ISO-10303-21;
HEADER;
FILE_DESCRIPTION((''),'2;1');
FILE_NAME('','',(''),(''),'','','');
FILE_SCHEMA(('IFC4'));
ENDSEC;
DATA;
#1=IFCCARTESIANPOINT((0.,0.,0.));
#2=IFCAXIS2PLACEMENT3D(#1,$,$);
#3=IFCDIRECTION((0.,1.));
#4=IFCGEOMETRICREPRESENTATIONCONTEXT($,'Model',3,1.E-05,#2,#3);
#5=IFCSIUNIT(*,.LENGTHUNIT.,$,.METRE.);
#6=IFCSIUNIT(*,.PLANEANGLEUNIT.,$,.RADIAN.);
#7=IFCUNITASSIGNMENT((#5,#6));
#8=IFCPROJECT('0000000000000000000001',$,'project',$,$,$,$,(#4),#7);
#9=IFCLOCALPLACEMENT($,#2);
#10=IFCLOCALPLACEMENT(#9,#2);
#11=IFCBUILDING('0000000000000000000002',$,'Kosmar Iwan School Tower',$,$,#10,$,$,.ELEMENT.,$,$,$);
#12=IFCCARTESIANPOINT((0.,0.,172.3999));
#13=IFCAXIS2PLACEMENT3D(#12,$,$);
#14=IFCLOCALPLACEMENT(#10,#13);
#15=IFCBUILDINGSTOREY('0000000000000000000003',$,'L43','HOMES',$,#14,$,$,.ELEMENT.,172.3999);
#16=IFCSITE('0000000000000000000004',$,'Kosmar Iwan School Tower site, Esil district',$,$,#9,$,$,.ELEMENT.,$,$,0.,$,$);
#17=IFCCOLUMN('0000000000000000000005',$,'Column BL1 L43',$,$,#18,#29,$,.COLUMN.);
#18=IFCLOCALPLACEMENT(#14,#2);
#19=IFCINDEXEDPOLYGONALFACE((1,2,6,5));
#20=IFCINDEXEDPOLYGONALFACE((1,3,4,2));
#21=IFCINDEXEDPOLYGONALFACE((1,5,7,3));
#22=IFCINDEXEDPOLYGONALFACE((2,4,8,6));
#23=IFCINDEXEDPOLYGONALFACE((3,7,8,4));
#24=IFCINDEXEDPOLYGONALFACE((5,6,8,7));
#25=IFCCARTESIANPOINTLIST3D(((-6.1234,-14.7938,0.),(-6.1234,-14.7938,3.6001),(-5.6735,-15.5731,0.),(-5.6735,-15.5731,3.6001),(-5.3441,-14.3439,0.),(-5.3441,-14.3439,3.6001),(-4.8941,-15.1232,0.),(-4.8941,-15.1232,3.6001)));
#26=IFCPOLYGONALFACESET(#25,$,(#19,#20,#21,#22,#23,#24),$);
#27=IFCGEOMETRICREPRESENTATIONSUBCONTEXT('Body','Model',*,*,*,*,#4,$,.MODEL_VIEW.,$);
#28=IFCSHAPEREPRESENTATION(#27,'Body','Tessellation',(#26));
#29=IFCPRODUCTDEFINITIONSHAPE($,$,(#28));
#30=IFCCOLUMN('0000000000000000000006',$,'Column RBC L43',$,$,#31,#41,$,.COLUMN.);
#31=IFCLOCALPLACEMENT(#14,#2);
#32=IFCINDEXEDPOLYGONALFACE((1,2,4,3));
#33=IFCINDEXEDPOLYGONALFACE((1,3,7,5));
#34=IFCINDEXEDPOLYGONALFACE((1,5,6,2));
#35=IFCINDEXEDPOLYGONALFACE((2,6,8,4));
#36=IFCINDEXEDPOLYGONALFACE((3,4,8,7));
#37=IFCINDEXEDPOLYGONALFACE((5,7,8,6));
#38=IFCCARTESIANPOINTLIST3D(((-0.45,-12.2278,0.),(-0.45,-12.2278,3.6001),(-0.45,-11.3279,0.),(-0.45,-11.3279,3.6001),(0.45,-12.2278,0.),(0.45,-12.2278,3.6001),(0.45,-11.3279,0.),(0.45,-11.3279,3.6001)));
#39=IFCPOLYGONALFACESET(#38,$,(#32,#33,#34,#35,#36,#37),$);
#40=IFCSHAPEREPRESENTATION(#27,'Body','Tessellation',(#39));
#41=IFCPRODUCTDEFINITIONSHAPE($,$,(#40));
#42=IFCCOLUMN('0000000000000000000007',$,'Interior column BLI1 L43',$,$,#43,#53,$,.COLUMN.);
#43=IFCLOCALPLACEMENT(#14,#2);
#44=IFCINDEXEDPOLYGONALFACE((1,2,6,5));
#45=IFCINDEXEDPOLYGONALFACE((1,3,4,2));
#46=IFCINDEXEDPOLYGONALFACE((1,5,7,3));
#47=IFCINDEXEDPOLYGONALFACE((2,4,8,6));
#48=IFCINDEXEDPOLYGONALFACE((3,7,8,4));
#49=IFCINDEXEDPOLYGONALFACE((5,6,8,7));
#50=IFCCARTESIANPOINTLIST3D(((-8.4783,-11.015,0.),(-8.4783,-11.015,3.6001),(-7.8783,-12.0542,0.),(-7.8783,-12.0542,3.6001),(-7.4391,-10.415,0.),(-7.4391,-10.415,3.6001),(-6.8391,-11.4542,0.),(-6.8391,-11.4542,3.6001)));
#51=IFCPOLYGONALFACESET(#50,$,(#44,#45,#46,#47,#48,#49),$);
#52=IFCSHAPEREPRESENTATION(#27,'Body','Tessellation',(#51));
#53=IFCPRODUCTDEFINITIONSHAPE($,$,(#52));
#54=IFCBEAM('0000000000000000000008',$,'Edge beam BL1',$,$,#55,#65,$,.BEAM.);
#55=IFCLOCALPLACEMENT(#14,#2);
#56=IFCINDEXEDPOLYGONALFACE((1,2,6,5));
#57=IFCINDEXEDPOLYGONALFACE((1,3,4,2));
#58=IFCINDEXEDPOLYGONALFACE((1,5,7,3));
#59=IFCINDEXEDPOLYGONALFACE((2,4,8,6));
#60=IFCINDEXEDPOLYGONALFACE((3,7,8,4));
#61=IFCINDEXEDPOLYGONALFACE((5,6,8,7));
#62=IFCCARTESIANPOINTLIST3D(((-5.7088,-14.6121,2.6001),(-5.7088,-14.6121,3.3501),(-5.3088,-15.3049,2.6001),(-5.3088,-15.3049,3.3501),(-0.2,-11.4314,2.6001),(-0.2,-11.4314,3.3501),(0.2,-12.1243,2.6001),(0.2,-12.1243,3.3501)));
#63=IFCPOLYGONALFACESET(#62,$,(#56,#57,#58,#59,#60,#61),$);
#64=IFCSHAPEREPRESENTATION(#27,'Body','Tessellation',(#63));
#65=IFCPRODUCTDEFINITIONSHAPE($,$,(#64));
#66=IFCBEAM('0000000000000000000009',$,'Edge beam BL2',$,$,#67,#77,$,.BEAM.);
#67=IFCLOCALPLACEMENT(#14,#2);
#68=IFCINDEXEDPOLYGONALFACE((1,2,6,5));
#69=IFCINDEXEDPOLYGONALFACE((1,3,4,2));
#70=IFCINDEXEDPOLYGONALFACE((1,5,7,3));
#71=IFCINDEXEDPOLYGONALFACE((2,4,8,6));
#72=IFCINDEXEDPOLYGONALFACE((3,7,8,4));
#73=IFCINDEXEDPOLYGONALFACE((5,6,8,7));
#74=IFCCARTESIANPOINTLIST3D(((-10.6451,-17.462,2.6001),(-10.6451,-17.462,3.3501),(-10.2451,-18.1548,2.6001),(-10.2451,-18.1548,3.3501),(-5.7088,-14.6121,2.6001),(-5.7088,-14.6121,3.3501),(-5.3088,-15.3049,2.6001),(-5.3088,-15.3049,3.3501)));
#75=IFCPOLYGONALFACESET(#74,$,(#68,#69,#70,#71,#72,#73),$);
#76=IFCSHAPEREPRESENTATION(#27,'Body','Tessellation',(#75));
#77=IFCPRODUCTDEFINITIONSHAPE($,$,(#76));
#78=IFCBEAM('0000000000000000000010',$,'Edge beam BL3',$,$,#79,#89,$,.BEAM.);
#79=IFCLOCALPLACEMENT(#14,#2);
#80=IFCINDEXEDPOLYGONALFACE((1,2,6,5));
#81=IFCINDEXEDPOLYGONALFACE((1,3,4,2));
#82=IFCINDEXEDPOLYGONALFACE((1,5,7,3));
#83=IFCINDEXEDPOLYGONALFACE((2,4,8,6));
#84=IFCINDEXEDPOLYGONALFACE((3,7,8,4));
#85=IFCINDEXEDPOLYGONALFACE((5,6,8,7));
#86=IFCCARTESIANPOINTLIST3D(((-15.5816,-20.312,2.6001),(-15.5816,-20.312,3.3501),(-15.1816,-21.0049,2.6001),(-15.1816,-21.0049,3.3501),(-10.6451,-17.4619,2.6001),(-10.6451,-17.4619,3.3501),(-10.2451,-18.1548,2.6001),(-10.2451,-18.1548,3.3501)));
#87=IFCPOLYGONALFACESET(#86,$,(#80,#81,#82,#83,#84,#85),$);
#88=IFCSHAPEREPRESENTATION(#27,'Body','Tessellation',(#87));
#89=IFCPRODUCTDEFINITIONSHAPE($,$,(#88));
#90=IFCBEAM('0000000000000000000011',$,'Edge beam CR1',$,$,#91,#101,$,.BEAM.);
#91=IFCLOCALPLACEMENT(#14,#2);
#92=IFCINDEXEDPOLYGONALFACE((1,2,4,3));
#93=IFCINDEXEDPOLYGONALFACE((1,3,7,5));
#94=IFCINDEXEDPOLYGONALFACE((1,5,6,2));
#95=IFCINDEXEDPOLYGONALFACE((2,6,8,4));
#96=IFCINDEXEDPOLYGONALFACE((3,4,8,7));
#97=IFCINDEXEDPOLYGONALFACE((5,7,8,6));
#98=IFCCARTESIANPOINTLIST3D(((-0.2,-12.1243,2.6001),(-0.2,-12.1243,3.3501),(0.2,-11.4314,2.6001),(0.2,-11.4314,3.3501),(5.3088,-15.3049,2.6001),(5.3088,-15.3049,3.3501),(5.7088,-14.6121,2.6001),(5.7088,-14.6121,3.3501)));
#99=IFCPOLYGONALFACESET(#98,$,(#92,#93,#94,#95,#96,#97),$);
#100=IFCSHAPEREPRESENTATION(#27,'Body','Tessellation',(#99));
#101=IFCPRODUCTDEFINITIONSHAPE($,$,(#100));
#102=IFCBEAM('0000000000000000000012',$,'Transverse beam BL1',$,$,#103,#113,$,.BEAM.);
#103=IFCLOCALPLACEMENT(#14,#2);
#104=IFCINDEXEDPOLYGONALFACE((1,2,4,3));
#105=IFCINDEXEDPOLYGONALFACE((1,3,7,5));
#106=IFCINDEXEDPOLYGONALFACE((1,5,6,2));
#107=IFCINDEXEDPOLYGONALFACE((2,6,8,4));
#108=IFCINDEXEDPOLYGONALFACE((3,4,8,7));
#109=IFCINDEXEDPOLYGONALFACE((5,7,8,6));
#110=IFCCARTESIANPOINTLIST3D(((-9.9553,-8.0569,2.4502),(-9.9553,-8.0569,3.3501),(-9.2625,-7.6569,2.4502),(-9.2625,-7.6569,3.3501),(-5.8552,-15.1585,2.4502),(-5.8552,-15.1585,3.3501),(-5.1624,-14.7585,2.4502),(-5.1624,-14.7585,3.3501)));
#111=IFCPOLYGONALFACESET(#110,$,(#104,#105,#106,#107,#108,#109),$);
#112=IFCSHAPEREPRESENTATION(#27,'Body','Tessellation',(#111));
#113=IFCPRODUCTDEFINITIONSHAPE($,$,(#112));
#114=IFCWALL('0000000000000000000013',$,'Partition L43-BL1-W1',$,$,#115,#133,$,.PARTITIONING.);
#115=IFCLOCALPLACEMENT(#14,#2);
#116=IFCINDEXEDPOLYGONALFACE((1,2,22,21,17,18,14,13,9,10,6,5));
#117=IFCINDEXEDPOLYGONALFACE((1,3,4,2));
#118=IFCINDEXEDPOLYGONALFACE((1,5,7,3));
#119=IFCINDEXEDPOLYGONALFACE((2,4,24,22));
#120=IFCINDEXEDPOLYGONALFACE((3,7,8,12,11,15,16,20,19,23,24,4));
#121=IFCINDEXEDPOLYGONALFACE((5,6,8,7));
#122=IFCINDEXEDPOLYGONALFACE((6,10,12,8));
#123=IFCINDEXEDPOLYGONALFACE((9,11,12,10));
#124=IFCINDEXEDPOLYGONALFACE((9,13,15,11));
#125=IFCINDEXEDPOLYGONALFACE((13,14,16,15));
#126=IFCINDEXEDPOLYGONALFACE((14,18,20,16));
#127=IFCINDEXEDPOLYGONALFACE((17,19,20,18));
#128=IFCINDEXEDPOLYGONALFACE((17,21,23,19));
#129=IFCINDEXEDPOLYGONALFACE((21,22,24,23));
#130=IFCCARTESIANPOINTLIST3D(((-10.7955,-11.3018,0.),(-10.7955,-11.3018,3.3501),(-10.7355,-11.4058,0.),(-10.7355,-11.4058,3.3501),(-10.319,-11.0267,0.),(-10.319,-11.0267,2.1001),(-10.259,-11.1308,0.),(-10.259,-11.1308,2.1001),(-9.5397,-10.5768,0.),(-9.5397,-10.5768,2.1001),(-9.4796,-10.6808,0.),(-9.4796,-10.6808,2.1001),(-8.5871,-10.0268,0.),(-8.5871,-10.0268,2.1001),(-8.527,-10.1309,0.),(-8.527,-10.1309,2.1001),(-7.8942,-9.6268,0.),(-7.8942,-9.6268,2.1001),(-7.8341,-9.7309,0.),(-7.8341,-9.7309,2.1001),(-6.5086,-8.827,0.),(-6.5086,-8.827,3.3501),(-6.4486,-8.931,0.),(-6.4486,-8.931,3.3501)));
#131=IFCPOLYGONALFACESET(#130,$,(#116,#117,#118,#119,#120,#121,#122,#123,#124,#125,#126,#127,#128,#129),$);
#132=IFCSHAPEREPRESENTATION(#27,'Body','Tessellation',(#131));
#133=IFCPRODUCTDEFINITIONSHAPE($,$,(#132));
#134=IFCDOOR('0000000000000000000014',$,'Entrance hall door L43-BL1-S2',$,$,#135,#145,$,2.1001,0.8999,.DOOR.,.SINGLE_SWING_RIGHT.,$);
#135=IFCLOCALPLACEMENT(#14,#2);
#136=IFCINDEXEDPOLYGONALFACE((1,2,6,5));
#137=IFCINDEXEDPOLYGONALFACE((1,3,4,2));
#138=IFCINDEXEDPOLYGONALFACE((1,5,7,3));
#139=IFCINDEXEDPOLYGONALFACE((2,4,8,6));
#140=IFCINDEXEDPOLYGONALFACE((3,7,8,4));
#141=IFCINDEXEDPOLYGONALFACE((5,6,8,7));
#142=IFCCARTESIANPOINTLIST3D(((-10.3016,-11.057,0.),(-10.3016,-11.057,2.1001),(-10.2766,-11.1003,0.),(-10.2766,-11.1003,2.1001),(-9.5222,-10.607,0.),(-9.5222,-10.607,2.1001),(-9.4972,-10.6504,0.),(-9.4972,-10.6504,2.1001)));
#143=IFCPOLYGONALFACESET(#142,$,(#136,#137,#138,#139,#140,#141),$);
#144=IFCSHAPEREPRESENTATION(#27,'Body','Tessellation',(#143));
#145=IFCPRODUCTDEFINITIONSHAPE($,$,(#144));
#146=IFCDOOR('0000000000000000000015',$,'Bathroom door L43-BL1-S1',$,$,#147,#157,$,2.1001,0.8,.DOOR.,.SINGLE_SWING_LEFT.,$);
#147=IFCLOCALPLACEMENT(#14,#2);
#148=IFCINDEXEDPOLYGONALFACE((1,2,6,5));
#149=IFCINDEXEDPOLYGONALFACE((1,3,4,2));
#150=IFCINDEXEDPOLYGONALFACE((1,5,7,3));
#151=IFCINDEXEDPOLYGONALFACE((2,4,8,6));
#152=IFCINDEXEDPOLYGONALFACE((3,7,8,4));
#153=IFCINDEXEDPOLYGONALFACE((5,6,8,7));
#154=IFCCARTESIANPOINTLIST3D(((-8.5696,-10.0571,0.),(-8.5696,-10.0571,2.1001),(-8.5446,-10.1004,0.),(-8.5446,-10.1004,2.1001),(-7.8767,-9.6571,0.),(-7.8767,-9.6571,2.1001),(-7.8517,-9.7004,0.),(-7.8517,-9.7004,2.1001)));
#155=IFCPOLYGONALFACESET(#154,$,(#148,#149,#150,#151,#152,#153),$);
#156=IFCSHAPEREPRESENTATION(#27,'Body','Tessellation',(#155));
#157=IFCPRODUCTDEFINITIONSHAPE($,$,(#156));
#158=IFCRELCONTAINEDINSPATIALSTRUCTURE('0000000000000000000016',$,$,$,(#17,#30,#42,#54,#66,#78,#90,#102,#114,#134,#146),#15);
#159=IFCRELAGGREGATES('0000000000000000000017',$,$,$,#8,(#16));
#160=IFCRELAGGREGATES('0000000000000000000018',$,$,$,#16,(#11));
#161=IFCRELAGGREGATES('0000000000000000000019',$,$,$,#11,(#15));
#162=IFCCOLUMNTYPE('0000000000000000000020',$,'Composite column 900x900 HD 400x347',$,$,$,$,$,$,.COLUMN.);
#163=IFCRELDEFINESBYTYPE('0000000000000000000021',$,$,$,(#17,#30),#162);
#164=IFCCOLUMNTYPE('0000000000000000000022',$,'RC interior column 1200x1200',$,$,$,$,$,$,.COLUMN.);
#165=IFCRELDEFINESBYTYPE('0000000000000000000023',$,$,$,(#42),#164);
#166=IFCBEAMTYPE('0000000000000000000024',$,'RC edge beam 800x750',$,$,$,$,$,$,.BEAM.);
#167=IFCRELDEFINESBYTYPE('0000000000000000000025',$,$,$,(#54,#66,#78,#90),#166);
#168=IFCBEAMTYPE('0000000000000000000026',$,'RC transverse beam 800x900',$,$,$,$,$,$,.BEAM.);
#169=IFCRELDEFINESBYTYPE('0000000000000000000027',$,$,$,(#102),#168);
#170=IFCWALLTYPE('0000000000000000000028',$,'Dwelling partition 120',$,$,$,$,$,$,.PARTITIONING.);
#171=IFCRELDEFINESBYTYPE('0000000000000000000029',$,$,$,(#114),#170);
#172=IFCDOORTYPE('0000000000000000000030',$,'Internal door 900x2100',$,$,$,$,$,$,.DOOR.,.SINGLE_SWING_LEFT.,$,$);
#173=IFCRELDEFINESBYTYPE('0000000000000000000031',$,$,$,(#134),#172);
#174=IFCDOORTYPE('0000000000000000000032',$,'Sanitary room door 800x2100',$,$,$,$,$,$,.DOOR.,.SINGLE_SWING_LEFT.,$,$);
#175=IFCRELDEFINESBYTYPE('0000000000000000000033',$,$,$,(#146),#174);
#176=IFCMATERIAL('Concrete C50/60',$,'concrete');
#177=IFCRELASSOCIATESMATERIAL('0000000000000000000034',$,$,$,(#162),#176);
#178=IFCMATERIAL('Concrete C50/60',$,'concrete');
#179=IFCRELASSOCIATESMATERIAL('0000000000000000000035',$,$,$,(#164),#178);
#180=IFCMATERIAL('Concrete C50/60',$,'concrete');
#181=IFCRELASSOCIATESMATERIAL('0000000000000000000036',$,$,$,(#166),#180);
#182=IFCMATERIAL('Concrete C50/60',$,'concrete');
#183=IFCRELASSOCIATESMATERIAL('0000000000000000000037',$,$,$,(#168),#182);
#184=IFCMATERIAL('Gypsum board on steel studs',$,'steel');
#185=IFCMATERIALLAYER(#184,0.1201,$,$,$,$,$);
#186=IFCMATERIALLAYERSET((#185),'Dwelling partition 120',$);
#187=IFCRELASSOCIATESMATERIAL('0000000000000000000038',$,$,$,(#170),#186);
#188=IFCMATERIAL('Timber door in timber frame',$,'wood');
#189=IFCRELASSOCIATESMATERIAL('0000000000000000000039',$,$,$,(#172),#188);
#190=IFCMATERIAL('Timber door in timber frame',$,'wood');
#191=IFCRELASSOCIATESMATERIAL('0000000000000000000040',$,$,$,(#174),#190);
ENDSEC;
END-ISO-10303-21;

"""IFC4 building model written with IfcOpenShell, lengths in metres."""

from ifc_helpers import new_model, si_unit, direction, frame, frame_2d, origin, origin_2d, place, context, subcontext, project, spatial, rectangle, extrude, material, layer, layer_set, material_profile, profile_set, type_object, element, fill, save


model = new_model("IFC4")

# Units and contexts
model_context = context("Model", 3, precision=1e-05, world=origin(), true_north=direction((0.0, 1.0)))
body_context = subcontext(model_context, "Body", "Model", "MODEL_VIEW")
ifc_project = project(units=[si_unit("LENGTHUNIT", "METRE"), si_unit("PLANEANGLEUNIT", "RADIAN")], contexts=[model_context])

# Site, building, storey
site_placement = place(None, origin())
site = spatial("IfcSite", under=ifc_project, at=site_placement, Name="Kosmar Iwan School Tower site, Esil district", CompositionType="ELEMENT", RefElevation=0.0)
building_placement = place(site_placement, origin())
building = spatial("IfcBuilding", under=site, at=building_placement, Name="Kosmar Iwan School Tower", CompositionType="ELEMENT")
storey_placement = place(building_placement, frame((0.0, 0.0, 172.3999)))
storey = spatial("IfcBuildingStorey", under=building, at=storey_placement, Name="L43", Description="HOMES", CompositionType="ELEMENT", Elevation=172.3999)

# Columns
ifc_material_1 = material(Name="Concrete C50/60", Category="concrete")
ifc_material_profile_1 = material_profile(ifc_material_1, rectangle(XDim=0.8999, YDim=0.8999, at=origin_2d()), Name="RC 900x900 + HD 400x347")
ifc_profile_set_1 = profile_set([ifc_material_profile_1], Name="Concrete C50/60")
column_type_1 = type_object("IfcColumnType", Name="Composite column 900x900 HD 400x347", PredefinedType="COLUMN", material=ifc_profile_set_1)
for number, where, z_axis, x_axis, name in (
    (1, (-5.5088, -14.9585, 0.0), (0.0, 0.0, 1.0), (-0.866025, -0.5, 0.0), "Column BL1 L43"),
    (2, (0.0, -11.7778, 0.0), (0.0, 0.0, 1.0), (1.0, 0.0, 0.0), "Column RBC L43"),
):
    element("IfcColumn", number, at=place(storey_placement, frame(where, z_axis=z_axis, x_axis=x_axis)), inside=storey, type_object=column_type_1, Name=name, PredefinedType="COLUMN", context=body_context, shape_type="SweptSolid", body=[
        extrude(rectangle(XDim=0.8999, YDim=0.8999, at=origin_2d()), origin(), (0.0, 0.0, 1.0), 3.6001),
    ])
ifc_material_2 = material(Name="Concrete C50/60", Category="concrete")
ifc_material_profile_2 = material_profile(ifc_material_2, rectangle(XDim=1.2, YDim=1.2, at=origin_2d()), Name="RC 1200x1200")
ifc_profile_set_2 = profile_set([ifc_material_profile_2], Name="Concrete C50/60")
column_type_2 = type_object("IfcColumnType", Name="RC interior column 1200x1200", PredefinedType="COLUMN", material=ifc_profile_set_2)
column_placement = place(storey_placement, frame((-7.6587, -11.2346, 0.0), z_axis=(0.0, 0.0, 1.0), x_axis=(-0.866025, -0.5, 0.0)))
element("IfcColumn", 3, at=column_placement, inside=storey, type_object=column_type_2, Name="Interior column BLI1 L43", PredefinedType="COLUMN", context=body_context, shape_type="SweptSolid", body=[
    extrude(rectangle(XDim=1.2, YDim=1.2, at=origin_2d()), origin(), (0.0, 0.0, 1.0), 3.6001),
])

# Beams
ifc_material_3 = material(Name="Concrete C50/60", Category="concrete")
ifc_material_profile_3 = material_profile(ifc_material_3, rectangle(XDim=0.8, YDim=0.75, at=origin_2d()), Name="RC 800x750")
ifc_profile_set_3 = profile_set([ifc_material_profile_3], Name="Concrete C50/60")
beam_type_1 = type_object("IfcBeamType", Name="RC edge beam 800x750", PredefinedType="BEAM", material=ifc_profile_set_3)
beam_1_placement = place(storey_placement, frame((0.0, -11.7778, 2.9751), z_axis=(-0.866014, -0.500019, 0.0), x_axis=(0.500019, -0.866014, 0.0)))
element("IfcBeam", 4, at=beam_1_placement, inside=storey, type_object=beam_type_1, Name="Edge beam BL1", PredefinedType="BEAM", context=body_context, shape_type="SweptSolid", body=[
    extrude(rectangle(XDim=0.8, YDim=0.75, at=origin_2d()), origin(), (0.0, 0.0, 1.0), 6.3611),
])
beam_2_placement = place(storey_placement, frame((-5.5088, -14.9585, 2.9751), z_axis=(-0.866034, -0.499986, 0.0), x_axis=(0.499986, -0.866034, 0.0)))
element("IfcBeam", 5, at=beam_2_placement, inside=storey, type_object=beam_type_1, Name="Edge beam BL2", PredefinedType="BEAM", context=body_context, shape_type="SweptSolid", body=[
    extrude(rectangle(XDim=0.8, YDim=0.75, at=origin_2d()), origin(), (0.0, 0.0, 1.0), 5.7),
])
beam_3_placement = place(storey_placement, frame((-10.4451, -17.8083, 2.9751), z_axis=(-0.866026, -0.499999, 0.0), x_axis=(0.499999, -0.866026, 0.0)))
element("IfcBeam", 6, at=beam_3_placement, inside=storey, type_object=beam_type_1, Name="Edge beam BL3", PredefinedType="BEAM", context=body_context, shape_type="SweptSolid", body=[
    extrude(rectangle(XDim=0.8, YDim=0.75, at=origin_2d()), origin(), (0.0, 0.0, 1.0), 5.7002),
])
beam_4_placement = place(storey_placement, frame((0.0, -11.7778, 2.9751), z_axis=(0.866014, -0.500019, 0.0), x_axis=(0.500019, 0.866014, 0.0)))
element("IfcBeam", 7, at=beam_4_placement, inside=storey, type_object=beam_type_1, Name="Edge beam CR1", PredefinedType="BEAM", context=body_context, shape_type="SweptSolid", body=[
    extrude(rectangle(XDim=0.8, YDim=0.75, at=origin_2d()), origin(), (0.0, 0.0, 1.0), 6.3611),
])
ifc_material_4 = material(Name="Concrete C50/60", Category="concrete")
ifc_material_profile_4 = material_profile(ifc_material_4, rectangle(XDim=0.8, YDim=0.8999, at=origin_2d()), Name="RC 800x900")
ifc_profile_set_4 = profile_set([ifc_material_profile_4], Name="Concrete C50/60")
beam_type_2 = type_object("IfcBeamType", Name="RC transverse beam 800x900", PredefinedType="BEAM", material=ifc_profile_set_4)
beam_5_placement = place(storey_placement, frame((-5.5088, -14.9585, 2.9001), z_axis=(-0.500001, 0.866025, 0.0), x_axis=(-0.866025, -0.500001, 0.0)))
element("IfcBeam", 8, at=beam_5_placement, inside=storey, type_object=beam_type_2, Name="Transverse beam BL1", PredefinedType="BEAM", context=body_context, shape_type="SweptSolid", body=[
    extrude(rectangle(XDim=0.8, YDim=0.8999, at=origin_2d()), origin(), (0.0, 0.0, 1.0), 8.2002),
])

# Wall, openings, doors
ifc_material_5 = material(Name="Gypsum board on steel studs", Category="steel")
ifc_layer_1 = layer(ifc_material_5, 0.1201)
ifc_layer_set_1 = layer_set([ifc_layer_1], Name="Dwelling partition 120")
wall_type_1 = type_object("IfcWallType", Name="Dwelling partition 120", PredefinedType="PARTITIONING", material=ifc_layer_set_1)
wall_1_placement = place(storey_placement, frame((-6.4785, -8.8789, 0.0), z_axis=(0.0, 0.0, 1.0), x_axis=(-0.86604, -0.499974, 0.0)))
wall_1 = element("IfcWall", 9, at=wall_1_placement, inside=storey, type_object=wall_type_1, Name="Partition L43-BL1-W1", PredefinedType="PARTITIONING", context=body_context, shape_type="SweptSolid", body=[
    extrude(rectangle(XDim=4.95, YDim=0.1201, at=frame_2d((2.4751, 0.0))), origin(), (0.0, 0.0, 1.0), 3.3501),
])
opening_1_placement = place(wall_1_placement, frame((1.6001, 0.0, 0.0)))
opening_1 = element("IfcOpeningElement", 10, at=opening_1_placement, cuts=wall_1, PredefinedType="OPENING", context=body_context, shape_type="SweptSolid", body=[
    extrude(rectangle(XDim=0.8, YDim=2.1001, at=frame_2d((0.3999, 1.05))), frame((0.0, 0.072, 0.0), z_axis=(0.0, -1.0, 0.0), x_axis=(1.0, 0.0, 0.0)), (0.0, 0.0, 1.0), 0.144),
])
opening_2_placement = place(wall_1_placement, frame((3.5, 0.0, 0.0)))
opening_2 = element("IfcOpeningElement", 11, at=opening_2_placement, cuts=wall_1, PredefinedType="OPENING", context=body_context, shape_type="SweptSolid", body=[
    extrude(rectangle(XDim=0.8999, YDim=2.1001, at=frame_2d((0.45, 1.05))), frame((0.0, 0.072, 0.0), z_axis=(0.0, -1.0, 0.0), x_axis=(1.0, 0.0, 0.0)), (0.0, 0.0, 1.0), 0.144),
])
ifc_material_6 = material(Name="Timber door in timber frame", Category="wood")
door_type_1 = type_object("IfcDoorType", Name="Internal door 900x2100", OperationType="SINGLE_SWING_LEFT", PredefinedType="DOOR", material=ifc_material_6)
door_1_placement = place(opening_2_placement, origin())
door_1 = element("IfcDoor", 12, at=door_1_placement, inside=storey, type_object=door_type_1, Name="Entrance hall door L43-BL1-S2", OperationType="SINGLE_SWING_RIGHT", OverallHeight=2.1001, OverallWidth=0.8999, PredefinedType="DOOR", context=body_context, shape_type="SweptSolid", body=[
    extrude(rectangle(XDim=0.8999, YDim=2.1001, at=frame_2d((0.45, 1.05))), frame((0.0, 0.0249, 0.0), z_axis=(0.0, -1.0, 0.0), x_axis=(1.0, 0.0, 0.0)), (0.0, 0.0, 1.0), 0.05),
])
fill(opening_2, door_1)
ifc_material_7 = material(Name="Timber door in timber frame", Category="wood")
door_type_2 = type_object("IfcDoorType", Name="Sanitary room door 800x2100", OperationType="SINGLE_SWING_LEFT", PredefinedType="DOOR", material=ifc_material_7)
door_2_placement = place(opening_1_placement, origin())
door_2 = element("IfcDoor", 13, at=door_2_placement, inside=storey, type_object=door_type_2, Name="Bathroom door L43-BL1-S1", OperationType="SINGLE_SWING_LEFT", OverallHeight=2.1001, OverallWidth=0.8, PredefinedType="DOOR", context=body_context, shape_type="SweptSolid", body=[
    extrude(rectangle(XDim=0.8, YDim=2.1001, at=frame_2d((0.3999, 1.05))), frame((0.0, 0.0249, 0.0), z_axis=(0.0, -1.0, 0.0), x_axis=(1.0, 0.0, 0.0)), (0.0, 0.0, 1.0), 0.05),
])
fill(opening_1, door_2)

save(model, "model.ifc")
